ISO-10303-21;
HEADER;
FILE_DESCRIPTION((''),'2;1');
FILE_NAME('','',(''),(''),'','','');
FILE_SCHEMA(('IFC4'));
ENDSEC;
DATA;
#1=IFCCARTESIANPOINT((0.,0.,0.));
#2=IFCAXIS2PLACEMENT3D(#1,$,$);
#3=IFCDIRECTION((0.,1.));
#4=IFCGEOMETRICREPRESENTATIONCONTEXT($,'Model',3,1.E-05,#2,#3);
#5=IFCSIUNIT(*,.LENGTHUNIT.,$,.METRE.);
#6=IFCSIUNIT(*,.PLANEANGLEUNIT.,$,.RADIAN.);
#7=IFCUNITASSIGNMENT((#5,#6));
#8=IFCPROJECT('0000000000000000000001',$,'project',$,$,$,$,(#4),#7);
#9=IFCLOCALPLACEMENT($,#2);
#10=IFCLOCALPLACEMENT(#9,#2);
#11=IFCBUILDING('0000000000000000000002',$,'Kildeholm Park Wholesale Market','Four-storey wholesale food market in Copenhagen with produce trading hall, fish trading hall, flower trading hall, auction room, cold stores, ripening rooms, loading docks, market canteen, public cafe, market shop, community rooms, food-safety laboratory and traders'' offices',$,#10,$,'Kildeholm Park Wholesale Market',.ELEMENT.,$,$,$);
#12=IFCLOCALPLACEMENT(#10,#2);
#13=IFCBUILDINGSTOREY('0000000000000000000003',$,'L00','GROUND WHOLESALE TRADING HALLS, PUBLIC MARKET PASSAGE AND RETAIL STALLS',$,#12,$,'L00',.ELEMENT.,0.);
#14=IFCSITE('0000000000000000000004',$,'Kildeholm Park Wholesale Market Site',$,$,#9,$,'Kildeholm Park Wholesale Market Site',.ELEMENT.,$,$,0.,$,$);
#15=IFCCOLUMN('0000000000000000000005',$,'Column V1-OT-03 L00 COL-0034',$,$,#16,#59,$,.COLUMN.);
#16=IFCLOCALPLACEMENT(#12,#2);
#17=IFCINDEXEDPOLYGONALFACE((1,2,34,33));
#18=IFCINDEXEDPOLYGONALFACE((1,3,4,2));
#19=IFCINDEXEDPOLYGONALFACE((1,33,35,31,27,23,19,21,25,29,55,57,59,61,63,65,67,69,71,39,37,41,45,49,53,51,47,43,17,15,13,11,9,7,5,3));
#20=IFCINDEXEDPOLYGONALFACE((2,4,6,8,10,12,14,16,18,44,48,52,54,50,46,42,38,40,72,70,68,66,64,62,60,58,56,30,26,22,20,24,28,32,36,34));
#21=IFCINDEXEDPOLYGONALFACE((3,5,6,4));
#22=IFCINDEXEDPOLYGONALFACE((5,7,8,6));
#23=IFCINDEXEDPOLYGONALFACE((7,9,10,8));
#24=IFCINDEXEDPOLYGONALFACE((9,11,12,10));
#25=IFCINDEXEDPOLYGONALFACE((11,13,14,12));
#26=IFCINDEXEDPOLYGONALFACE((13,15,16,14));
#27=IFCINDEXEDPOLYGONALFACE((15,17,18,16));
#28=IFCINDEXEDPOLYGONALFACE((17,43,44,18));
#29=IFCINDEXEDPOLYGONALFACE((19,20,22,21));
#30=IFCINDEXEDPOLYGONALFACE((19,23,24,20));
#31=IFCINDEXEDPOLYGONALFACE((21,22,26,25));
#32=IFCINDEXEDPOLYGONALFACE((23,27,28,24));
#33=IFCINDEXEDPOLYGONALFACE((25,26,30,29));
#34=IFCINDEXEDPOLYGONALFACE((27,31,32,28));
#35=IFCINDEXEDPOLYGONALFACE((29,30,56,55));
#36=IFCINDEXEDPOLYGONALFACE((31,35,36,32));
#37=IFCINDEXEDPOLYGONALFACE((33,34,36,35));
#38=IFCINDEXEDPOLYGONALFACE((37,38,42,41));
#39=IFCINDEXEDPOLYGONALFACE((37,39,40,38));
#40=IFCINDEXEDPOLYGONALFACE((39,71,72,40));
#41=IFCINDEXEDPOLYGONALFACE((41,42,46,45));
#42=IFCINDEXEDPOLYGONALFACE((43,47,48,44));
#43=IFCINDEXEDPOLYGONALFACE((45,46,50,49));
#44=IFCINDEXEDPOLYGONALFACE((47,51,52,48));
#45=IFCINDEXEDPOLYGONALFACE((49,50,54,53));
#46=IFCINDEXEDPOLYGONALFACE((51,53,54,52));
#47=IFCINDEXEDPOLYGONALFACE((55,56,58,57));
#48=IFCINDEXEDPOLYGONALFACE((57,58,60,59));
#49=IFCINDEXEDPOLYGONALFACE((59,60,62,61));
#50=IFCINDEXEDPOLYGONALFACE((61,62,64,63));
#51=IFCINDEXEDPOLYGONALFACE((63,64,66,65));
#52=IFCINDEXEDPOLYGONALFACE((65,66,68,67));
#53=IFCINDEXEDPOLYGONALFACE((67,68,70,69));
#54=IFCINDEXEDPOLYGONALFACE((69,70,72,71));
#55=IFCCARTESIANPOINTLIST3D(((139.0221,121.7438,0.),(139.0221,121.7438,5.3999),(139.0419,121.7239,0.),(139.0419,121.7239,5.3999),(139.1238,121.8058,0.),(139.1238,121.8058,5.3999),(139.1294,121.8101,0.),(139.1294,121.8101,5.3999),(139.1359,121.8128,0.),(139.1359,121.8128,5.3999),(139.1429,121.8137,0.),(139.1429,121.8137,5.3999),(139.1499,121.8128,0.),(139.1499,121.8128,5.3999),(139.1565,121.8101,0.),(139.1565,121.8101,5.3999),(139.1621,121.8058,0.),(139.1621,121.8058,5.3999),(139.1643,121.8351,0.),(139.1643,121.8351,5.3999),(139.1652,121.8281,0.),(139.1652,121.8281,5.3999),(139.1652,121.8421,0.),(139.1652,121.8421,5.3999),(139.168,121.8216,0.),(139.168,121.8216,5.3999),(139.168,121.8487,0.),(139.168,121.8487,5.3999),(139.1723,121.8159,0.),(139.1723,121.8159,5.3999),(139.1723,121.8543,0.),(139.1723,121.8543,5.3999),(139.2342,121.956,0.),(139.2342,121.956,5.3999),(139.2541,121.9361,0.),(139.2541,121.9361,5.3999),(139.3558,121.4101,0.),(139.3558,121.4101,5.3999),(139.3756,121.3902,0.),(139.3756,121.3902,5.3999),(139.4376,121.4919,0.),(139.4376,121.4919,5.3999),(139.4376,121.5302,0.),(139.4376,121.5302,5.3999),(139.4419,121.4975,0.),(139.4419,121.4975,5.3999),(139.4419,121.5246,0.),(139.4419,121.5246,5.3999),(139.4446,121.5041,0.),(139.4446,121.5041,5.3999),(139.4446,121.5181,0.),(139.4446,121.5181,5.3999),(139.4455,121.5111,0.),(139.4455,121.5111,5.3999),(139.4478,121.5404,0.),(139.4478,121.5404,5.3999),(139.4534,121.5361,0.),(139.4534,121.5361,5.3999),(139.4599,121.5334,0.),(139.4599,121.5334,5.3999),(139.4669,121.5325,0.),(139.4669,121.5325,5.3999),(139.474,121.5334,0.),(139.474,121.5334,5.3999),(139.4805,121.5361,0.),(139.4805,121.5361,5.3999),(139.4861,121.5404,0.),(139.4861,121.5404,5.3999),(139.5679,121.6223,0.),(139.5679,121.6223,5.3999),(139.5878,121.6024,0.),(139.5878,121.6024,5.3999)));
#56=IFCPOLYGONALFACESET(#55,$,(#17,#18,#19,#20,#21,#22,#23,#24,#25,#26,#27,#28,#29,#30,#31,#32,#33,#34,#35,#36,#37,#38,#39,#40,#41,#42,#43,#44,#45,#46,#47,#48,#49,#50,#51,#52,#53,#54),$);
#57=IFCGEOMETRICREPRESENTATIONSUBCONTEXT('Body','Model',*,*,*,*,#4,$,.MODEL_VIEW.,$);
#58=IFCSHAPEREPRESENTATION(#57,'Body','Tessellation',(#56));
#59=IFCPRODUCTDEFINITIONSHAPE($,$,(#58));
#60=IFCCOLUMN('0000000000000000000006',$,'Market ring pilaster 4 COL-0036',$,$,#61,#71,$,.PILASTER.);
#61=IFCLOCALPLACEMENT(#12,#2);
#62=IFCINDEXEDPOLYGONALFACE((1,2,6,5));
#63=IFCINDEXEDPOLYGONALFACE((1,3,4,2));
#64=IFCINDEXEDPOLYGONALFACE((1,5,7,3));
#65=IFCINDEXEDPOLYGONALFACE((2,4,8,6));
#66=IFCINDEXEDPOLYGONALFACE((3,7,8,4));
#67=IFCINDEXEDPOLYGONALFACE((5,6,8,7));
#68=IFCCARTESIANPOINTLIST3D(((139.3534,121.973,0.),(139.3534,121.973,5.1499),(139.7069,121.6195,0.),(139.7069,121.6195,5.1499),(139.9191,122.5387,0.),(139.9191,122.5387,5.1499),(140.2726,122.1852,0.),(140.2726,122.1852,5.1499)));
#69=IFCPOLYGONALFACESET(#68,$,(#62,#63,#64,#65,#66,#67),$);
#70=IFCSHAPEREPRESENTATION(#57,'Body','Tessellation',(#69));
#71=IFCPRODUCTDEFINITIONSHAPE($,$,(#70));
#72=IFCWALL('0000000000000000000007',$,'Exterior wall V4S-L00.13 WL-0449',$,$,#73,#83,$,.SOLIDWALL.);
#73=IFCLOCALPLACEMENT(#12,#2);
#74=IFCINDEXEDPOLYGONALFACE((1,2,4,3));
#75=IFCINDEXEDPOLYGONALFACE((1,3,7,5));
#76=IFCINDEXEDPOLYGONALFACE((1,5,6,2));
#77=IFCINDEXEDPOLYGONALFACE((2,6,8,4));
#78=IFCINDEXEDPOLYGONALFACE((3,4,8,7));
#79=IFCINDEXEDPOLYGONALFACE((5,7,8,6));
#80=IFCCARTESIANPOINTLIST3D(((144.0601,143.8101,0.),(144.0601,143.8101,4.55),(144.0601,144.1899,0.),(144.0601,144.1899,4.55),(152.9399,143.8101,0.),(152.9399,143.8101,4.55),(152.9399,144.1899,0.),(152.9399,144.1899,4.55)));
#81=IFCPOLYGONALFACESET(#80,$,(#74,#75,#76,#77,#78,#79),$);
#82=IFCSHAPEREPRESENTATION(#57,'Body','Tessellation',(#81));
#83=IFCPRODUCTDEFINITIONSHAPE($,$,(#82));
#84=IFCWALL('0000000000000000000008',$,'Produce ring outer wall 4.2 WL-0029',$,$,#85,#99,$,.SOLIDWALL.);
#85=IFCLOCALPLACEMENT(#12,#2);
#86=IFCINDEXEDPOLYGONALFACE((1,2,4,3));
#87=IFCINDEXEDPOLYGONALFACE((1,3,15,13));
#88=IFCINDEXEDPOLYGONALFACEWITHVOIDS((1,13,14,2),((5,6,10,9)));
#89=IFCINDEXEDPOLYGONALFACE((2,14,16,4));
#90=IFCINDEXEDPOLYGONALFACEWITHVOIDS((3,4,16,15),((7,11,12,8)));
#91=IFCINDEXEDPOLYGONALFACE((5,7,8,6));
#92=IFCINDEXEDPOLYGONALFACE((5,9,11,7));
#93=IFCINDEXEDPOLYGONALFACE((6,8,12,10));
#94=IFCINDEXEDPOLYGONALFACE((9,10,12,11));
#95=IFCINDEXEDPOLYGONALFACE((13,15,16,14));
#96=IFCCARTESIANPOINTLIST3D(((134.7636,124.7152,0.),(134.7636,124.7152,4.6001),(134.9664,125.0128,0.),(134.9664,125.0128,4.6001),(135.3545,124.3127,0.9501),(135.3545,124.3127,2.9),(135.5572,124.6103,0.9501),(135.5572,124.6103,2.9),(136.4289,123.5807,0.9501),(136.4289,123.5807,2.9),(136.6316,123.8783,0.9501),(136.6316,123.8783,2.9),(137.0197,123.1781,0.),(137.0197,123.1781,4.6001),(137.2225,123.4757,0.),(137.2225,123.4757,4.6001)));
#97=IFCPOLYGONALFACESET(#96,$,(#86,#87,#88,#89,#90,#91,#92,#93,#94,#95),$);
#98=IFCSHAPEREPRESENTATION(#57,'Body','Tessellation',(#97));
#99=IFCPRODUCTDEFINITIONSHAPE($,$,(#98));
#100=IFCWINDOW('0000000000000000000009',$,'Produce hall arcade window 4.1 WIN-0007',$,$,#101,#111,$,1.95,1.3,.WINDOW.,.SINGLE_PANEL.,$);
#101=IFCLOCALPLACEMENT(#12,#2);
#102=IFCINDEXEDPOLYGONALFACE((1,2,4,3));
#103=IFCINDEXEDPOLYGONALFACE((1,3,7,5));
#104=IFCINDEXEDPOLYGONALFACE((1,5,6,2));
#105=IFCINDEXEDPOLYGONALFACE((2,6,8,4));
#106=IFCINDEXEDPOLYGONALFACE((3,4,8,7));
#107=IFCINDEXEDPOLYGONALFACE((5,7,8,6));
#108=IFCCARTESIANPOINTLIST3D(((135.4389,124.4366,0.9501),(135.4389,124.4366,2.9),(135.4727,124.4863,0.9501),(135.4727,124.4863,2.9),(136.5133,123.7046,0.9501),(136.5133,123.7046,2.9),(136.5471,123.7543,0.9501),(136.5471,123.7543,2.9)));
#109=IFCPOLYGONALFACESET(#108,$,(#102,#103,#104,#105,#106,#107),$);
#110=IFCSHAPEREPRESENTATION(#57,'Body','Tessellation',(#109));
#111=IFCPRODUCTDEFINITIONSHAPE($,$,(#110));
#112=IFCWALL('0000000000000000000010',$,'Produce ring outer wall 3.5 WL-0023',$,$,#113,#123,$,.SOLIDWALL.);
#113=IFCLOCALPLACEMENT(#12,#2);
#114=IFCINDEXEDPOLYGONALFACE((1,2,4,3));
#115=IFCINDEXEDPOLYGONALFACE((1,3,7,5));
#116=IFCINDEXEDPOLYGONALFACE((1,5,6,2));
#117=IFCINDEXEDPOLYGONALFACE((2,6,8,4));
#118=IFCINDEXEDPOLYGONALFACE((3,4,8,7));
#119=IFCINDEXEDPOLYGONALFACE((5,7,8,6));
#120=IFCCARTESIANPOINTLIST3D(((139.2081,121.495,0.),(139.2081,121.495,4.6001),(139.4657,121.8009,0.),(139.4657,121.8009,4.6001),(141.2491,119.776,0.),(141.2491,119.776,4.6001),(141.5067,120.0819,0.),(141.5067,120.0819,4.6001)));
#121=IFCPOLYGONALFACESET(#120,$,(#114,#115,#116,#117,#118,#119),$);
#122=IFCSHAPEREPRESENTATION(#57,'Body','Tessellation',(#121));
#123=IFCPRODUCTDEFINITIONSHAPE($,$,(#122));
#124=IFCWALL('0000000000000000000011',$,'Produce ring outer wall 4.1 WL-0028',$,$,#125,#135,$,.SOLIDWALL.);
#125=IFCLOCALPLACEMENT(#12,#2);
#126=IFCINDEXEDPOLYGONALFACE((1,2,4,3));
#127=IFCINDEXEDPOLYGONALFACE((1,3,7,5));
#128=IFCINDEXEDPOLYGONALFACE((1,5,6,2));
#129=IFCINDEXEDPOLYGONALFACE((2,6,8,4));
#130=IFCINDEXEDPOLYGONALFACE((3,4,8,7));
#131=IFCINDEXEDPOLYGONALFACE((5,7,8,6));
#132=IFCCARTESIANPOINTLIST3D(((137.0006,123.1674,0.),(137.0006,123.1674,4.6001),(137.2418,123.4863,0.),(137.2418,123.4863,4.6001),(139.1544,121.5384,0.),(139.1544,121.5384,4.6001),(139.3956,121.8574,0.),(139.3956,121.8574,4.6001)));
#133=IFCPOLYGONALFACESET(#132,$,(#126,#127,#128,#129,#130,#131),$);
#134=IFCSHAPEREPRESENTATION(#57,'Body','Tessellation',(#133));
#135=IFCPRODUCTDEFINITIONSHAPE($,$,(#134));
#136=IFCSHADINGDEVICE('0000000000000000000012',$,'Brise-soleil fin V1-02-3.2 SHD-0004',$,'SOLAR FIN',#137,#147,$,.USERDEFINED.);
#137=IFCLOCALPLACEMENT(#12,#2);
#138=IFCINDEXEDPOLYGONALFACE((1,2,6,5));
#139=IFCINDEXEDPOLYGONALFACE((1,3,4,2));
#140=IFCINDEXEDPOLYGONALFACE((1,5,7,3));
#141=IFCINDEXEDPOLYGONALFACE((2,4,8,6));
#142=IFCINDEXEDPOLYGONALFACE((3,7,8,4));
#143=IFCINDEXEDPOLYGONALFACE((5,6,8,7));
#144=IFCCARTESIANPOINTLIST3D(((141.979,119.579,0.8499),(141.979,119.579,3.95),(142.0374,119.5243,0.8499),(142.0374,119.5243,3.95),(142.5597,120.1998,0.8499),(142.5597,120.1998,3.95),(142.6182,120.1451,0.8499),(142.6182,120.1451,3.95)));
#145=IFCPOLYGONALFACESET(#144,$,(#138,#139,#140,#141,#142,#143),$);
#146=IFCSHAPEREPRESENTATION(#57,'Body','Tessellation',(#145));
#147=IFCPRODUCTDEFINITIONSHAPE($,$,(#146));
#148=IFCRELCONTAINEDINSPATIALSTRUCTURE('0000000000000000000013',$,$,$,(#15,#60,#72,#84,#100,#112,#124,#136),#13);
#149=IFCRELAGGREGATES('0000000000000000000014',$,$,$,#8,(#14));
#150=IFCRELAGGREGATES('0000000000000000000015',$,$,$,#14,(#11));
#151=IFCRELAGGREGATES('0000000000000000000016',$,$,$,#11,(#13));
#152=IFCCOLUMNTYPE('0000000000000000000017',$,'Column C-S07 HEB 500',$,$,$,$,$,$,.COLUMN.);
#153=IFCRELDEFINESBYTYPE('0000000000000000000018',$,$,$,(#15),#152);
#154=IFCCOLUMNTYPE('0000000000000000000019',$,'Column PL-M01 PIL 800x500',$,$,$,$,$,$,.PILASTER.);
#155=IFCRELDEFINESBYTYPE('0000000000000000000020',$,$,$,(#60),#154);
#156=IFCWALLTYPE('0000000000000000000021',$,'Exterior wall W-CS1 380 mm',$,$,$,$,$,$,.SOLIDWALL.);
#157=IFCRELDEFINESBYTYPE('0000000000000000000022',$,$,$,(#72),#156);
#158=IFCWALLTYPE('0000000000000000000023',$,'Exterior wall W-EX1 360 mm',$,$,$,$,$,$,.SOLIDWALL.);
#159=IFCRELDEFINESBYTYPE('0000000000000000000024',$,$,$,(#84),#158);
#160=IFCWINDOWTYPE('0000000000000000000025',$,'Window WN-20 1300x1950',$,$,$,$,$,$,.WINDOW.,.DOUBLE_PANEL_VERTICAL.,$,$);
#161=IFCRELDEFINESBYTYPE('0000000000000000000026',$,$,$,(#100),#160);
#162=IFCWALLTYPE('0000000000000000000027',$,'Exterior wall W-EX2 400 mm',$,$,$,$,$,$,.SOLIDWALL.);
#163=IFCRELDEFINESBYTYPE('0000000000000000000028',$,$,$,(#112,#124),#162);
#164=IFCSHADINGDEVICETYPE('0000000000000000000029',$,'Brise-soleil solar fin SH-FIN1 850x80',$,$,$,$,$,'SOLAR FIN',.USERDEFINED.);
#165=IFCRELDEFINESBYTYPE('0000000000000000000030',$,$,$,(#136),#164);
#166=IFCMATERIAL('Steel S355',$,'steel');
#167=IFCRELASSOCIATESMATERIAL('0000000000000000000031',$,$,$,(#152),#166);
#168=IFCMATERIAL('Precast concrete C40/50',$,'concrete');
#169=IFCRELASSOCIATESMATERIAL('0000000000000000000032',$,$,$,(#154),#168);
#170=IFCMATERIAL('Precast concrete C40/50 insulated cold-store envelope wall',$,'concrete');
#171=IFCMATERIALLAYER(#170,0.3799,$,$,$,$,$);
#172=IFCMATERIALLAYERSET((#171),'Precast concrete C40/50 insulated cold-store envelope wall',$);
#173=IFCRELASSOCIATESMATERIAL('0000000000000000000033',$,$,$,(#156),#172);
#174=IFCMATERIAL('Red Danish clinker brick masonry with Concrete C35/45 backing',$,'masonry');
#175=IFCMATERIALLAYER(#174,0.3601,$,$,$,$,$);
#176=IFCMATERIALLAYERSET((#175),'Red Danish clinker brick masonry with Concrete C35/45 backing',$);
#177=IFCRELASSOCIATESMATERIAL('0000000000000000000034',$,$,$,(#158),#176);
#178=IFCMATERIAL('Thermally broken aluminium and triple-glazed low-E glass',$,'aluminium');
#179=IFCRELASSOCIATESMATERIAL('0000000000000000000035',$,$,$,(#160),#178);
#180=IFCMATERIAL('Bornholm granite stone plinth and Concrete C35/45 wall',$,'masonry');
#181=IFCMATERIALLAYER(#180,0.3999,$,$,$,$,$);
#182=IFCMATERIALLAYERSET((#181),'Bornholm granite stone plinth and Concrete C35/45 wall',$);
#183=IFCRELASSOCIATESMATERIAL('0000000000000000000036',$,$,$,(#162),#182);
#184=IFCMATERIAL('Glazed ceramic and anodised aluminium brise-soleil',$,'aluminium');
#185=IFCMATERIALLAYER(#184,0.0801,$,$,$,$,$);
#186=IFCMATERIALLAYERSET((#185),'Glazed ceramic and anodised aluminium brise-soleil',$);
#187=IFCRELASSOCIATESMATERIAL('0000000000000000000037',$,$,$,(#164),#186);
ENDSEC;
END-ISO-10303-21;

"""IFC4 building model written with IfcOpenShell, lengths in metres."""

from ifc_helpers import new_model, si_unit, direction, frame, frame_2d, origin, origin_2d, place, context, subcontext, project, spatial, rectangle, i_section, extrude, material, layer, layer_set, material_profile, profile_set, type_object, element, fill, save


model = new_model("IFC4")

# Units and contexts
model_context = context("Model", 3, precision=1e-05, world=origin(), true_north=direction((0.0, 1.0)))
body_context = subcontext(model_context, "Body", "Model", "MODEL_VIEW")
ifc_project = project(units=[si_unit("LENGTHUNIT", "METRE"), si_unit("PLANEANGLEUNIT", "RADIAN")], contexts=[model_context])

# Site, building, storey
site_placement = place(None, origin())
site = spatial("IfcSite", under=ifc_project, at=site_placement, Name="Kildeholm Park Wholesale Market Site", LongName="Kildeholm Park Wholesale Market Site", CompositionType="ELEMENT", RefElevation=0.0)
building_placement = place(site_placement, origin())
building = spatial("IfcBuilding", under=site, at=building_placement, Name="Kildeholm Park Wholesale Market", Description="Four-storey wholesale food market in Copenhagen with produce trading hall, fish trading hall, flower trading hall, auction room, cold stores, ripening rooms, loading docks, market canteen, public cafe, market shop, community rooms, food-safety laboratory and traders' offices", LongName="Kildeholm Park Wholesale Market", CompositionType="ELEMENT")
storey_placement = place(building_placement, origin())
storey = spatial("IfcBuildingStorey", under=building, at=storey_placement, Name="L00", Description="GROUND WHOLESALE TRADING HALLS, PUBLIC MARKET PASSAGE AND RETAIL STALLS", LongName="L00", CompositionType="ELEMENT", Elevation=0.0)

# Columns
ifc_material_1 = material(Name="Steel S355", Category="steel")
ifc_material_profile_1 = material_profile(ifc_material_1, i_section(OverallWidth=0.3, OverallDepth=0.5, WebThickness=0.0144, FlangeThickness=0.0281, FilletRadius=0.0271, at=origin_2d()), Name="HEB 500")
ifc_profile_set_1 = profile_set([ifc_material_profile_1], Name="Steel S355")
column_type_1 = type_object("IfcColumnType", Name="Column C-S07 HEB 500", PredefinedType="COLUMN", material=ifc_profile_set_1)
column_1_placement = place(storey_placement, frame((139.3049, 121.6731, 0.0), z_axis=(0.0, 0.0, 1.0), x_axis=(0.707107, 0.707107, 0.0)))
element("IfcColumn", 1, at=column_1_placement, inside=storey, type_object=column_type_1, Name="Column V1-OT-03 L00 COL-0034", PredefinedType="COLUMN", context=body_context, shape_type="SweptSolid", body=[
    extrude(i_section(OverallWidth=0.3, OverallDepth=0.5, WebThickness=0.0144, FlangeThickness=0.0281, FilletRadius=0.0271, at=origin_2d()), origin(), (0.0, 0.0, 1.0), 5.3999),
])
ifc_material_2 = material(Name="Precast concrete C40/50", Category="concrete")
ifc_material_profile_2 = material_profile(ifc_material_2, rectangle(XDim=0.8, YDim=0.5, at=origin_2d()), Name="PIL 800x500")
ifc_profile_set_2 = profile_set([ifc_material_profile_2], Name="Precast concrete C40/50")
column_type_2 = type_object("IfcColumnType", Name="Column PL-M01 PIL 800x500", PredefinedType="PILASTER", material=ifc_profile_set_2)
column_2_placement = place(storey_placement, frame((139.813, 122.0791, 0.0), z_axis=(0.0, 0.0, 1.0), x_axis=(0.707107, 0.707107, 0.0)))
element("IfcColumn", 2, at=column_2_placement, inside=storey, type_object=column_type_2, Name="Market ring pilaster 4 COL-0036", PredefinedType="PILASTER", context=body_context, shape_type="SweptSolid", body=[
    extrude(rectangle(XDim=0.8, YDim=0.5, at=origin_2d()), origin(), (0.0, 0.0, 1.0), 5.1499),
])

# Wall
ifc_material_3 = material(Name="Precast concrete C40/50 insulated cold-store envelope wall", Category="concrete")
ifc_layer_1 = layer(ifc_material_3, 0.3799)
ifc_layer_set_1 = layer_set([ifc_layer_1], Name="Precast concrete C40/50 insulated cold-store envelope wall")
wall_type_1 = type_object("IfcWallType", Name="Exterior wall W-CS1 380 mm", PredefinedType="SOLIDWALL", material=ifc_layer_set_1)
wall_1_placement = place(storey_placement, frame((144.0601, 144.0, 0.0), z_axis=(0.0, 0.0, 1.0), x_axis=(1.0, 0.0, 0.0)))
element("IfcWall", 3, at=wall_1_placement, inside=storey, type_object=wall_type_1, Name="Exterior wall V4S-L00.13 WL-0449", PredefinedType="SOLIDWALL", context=body_context, shape_type="SweptSolid", body=[
    extrude(rectangle(XDim=8.8799, YDim=0.3799, at=frame_2d((4.4399, 0.0))), origin(), (0.0, 0.0, 1.0), 4.55),
])

# Wall, opening, window
ifc_material_4 = material(Name="Red Danish clinker brick masonry with Concrete C35/45 backing", Category="masonry")
ifc_layer_2 = layer(ifc_material_4, 0.3601)
ifc_layer_set_2 = layer_set([ifc_layer_2], Name="Red Danish clinker brick masonry with Concrete C35/45 backing")
wall_type_2 = type_object("IfcWallType", Name="Exterior wall W-EX1 360 mm", PredefinedType="SOLIDWALL", material=ifc_layer_set_2)
wall_2_placement = place(storey_placement, frame((137.1211, 123.3269, 0.0), z_axis=(0.0, 0.0, 1.0), x_axis=(-0.826422, 0.563051, 0.0)))
wall_2 = element("IfcWall", 4, at=wall_2_placement, inside=storey, type_object=wall_type_2, Name="Produce ring outer wall 4.2 WL-0029", PredefinedType="SOLIDWALL", context=body_context, shape_type="SweptSolid", body=[
    extrude(rectangle(XDim=2.73, YDim=0.3601, at=frame_2d((1.365, 0.0))), origin(), (0.0, 0.0, 1.0), 4.6001),
])
opening_1_placement = place(wall_2_placement, frame((0.7151, 0.0, 0.95)))
opening_1 = element("IfcOpeningElement", 5, at=opening_1_placement, cuts=wall_2, PredefinedType="OPENING", context=body_context, shape_type="SweptSolid", body=[
    extrude(rectangle(XDim=1.3, YDim=1.95, at=frame_2d((0.6499, 0.9751))), frame((0.0, 0.1899, 0.0), z_axis=(0.0, -1.0, 0.0), x_axis=(1.0, 0.0, 0.0)), (0.0, 0.0, 1.0), 0.3801),
])
ifc_material_5 = material(Name="Thermally broken aluminium and triple-glazed low-E glass", Category="aluminium")
window_type = type_object("IfcWindowType", Name="Window WN-20 1300x1950", PartitioningType="DOUBLE_PANEL_VERTICAL", PredefinedType="WINDOW", material=ifc_material_5)
window_placement = place(opening_1_placement, origin())
window = element("IfcWindow", 6, at=window_placement, inside=storey, type_object=window_type, Name="Produce hall arcade window 4.1 WIN-0007", OverallHeight=1.95, OverallWidth=1.3, PartitioningType="SINGLE_PANEL", PredefinedType="WINDOW", context=body_context, shape_type="SweptSolid", body=[
    extrude(rectangle(XDim=1.3, YDim=1.95, at=frame_2d((0.6499, 0.9751))), frame((0.0, 0.03, 0.0), z_axis=(0.0, -1.0, 0.0), x_axis=(1.0, 0.0, 0.0)), (0.0, 0.0, 1.0), 0.0601),
])
fill(opening_1, window)

# Walls
ifc_material_6 = material(Name="Bornholm granite stone plinth and Concrete C35/45 wall", Category="masonry")
ifc_layer_3 = layer(ifc_material_6, 0.3999)
ifc_layer_set_3 = layer_set([ifc_layer_3], Name="Bornholm granite stone plinth and Concrete C35/45 wall")
wall_type_3 = type_object("IfcWallType", Name="Exterior wall W-EX2 400 mm", PredefinedType="SOLIDWALL", material=ifc_layer_set_3)
wall_3_placement = place(storey_placement, frame((141.3779, 119.929, 0.0), z_axis=(0.0, 0.0, 1.0), x_axis=(-0.764866, 0.644189, 0.0)))
element("IfcWall", 7, at=wall_3_placement, inside=storey, type_object=wall_type_3, Name="Produce ring outer wall 3.5 WL-0023", PredefinedType="SOLIDWALL", context=body_context, shape_type="SweptSolid", body=[
    extrude(rectangle(XDim=2.6685, YDim=0.3999, at=frame_2d((1.3342, 0.0))), origin(), (0.0, 0.0, 1.0), 4.6001),
])
wall_4_placement = place(storey_placement, frame((139.2749, 121.698, 0.0), z_axis=(0.0, 0.0, 1.0), x_axis=(-0.797585, 0.603206, 0.0)))
element("IfcWall", 8, at=wall_4_placement, inside=storey, type_object=wall_type_3, Name="Produce ring outer wall 4.1 WL-0028", PredefinedType="SOLIDWALL", context=body_context, shape_type="SweptSolid", body=[
    extrude(rectangle(XDim=2.7004, YDim=0.3999, at=frame_2d((1.3501, 0.0))), origin(), (0.0, 0.0, 1.0), 4.6001),
])

# Shading device
ifc_material_7 = material(Name="Glazed ceramic and anodised aluminium brise-soleil", Category="aluminium")
ifc_layer_4 = layer(ifc_material_7, 0.0801)
ifc_layer_set_4 = layer_set([ifc_layer_4], Name="Glazed ceramic and anodised aluminium brise-soleil")
shading_device_type = type_object("IfcShadingDeviceType", Name="Brise-soleil solar fin SH-FIN1 850x80", ElementType="SOLAR FIN", PredefinedType="USERDEFINED", material=ifc_layer_set_4)
shading_device_placement = place(storey_placement, frame((142.2986, 119.8621, 0.8499), z_axis=(0.0, 0.0, 1.0), x_axis=(0.683197, 0.730234, 0.0)))
element("IfcShadingDevice", 9, at=shading_device_placement, inside=storey, type_object=shading_device_type, Name="Brise-soleil fin V1-02-3.2 SHD-0004", ObjectType="SOLAR FIN", PredefinedType="USERDEFINED", context=body_context, shape_type="SweptSolid", body=[
    extrude(rectangle(XDim=0.8501, YDim=0.0801, at=origin_2d()), origin(), (0.0, 0.0, 1.0), 3.1001),
])

save(model, "model.ifc")
